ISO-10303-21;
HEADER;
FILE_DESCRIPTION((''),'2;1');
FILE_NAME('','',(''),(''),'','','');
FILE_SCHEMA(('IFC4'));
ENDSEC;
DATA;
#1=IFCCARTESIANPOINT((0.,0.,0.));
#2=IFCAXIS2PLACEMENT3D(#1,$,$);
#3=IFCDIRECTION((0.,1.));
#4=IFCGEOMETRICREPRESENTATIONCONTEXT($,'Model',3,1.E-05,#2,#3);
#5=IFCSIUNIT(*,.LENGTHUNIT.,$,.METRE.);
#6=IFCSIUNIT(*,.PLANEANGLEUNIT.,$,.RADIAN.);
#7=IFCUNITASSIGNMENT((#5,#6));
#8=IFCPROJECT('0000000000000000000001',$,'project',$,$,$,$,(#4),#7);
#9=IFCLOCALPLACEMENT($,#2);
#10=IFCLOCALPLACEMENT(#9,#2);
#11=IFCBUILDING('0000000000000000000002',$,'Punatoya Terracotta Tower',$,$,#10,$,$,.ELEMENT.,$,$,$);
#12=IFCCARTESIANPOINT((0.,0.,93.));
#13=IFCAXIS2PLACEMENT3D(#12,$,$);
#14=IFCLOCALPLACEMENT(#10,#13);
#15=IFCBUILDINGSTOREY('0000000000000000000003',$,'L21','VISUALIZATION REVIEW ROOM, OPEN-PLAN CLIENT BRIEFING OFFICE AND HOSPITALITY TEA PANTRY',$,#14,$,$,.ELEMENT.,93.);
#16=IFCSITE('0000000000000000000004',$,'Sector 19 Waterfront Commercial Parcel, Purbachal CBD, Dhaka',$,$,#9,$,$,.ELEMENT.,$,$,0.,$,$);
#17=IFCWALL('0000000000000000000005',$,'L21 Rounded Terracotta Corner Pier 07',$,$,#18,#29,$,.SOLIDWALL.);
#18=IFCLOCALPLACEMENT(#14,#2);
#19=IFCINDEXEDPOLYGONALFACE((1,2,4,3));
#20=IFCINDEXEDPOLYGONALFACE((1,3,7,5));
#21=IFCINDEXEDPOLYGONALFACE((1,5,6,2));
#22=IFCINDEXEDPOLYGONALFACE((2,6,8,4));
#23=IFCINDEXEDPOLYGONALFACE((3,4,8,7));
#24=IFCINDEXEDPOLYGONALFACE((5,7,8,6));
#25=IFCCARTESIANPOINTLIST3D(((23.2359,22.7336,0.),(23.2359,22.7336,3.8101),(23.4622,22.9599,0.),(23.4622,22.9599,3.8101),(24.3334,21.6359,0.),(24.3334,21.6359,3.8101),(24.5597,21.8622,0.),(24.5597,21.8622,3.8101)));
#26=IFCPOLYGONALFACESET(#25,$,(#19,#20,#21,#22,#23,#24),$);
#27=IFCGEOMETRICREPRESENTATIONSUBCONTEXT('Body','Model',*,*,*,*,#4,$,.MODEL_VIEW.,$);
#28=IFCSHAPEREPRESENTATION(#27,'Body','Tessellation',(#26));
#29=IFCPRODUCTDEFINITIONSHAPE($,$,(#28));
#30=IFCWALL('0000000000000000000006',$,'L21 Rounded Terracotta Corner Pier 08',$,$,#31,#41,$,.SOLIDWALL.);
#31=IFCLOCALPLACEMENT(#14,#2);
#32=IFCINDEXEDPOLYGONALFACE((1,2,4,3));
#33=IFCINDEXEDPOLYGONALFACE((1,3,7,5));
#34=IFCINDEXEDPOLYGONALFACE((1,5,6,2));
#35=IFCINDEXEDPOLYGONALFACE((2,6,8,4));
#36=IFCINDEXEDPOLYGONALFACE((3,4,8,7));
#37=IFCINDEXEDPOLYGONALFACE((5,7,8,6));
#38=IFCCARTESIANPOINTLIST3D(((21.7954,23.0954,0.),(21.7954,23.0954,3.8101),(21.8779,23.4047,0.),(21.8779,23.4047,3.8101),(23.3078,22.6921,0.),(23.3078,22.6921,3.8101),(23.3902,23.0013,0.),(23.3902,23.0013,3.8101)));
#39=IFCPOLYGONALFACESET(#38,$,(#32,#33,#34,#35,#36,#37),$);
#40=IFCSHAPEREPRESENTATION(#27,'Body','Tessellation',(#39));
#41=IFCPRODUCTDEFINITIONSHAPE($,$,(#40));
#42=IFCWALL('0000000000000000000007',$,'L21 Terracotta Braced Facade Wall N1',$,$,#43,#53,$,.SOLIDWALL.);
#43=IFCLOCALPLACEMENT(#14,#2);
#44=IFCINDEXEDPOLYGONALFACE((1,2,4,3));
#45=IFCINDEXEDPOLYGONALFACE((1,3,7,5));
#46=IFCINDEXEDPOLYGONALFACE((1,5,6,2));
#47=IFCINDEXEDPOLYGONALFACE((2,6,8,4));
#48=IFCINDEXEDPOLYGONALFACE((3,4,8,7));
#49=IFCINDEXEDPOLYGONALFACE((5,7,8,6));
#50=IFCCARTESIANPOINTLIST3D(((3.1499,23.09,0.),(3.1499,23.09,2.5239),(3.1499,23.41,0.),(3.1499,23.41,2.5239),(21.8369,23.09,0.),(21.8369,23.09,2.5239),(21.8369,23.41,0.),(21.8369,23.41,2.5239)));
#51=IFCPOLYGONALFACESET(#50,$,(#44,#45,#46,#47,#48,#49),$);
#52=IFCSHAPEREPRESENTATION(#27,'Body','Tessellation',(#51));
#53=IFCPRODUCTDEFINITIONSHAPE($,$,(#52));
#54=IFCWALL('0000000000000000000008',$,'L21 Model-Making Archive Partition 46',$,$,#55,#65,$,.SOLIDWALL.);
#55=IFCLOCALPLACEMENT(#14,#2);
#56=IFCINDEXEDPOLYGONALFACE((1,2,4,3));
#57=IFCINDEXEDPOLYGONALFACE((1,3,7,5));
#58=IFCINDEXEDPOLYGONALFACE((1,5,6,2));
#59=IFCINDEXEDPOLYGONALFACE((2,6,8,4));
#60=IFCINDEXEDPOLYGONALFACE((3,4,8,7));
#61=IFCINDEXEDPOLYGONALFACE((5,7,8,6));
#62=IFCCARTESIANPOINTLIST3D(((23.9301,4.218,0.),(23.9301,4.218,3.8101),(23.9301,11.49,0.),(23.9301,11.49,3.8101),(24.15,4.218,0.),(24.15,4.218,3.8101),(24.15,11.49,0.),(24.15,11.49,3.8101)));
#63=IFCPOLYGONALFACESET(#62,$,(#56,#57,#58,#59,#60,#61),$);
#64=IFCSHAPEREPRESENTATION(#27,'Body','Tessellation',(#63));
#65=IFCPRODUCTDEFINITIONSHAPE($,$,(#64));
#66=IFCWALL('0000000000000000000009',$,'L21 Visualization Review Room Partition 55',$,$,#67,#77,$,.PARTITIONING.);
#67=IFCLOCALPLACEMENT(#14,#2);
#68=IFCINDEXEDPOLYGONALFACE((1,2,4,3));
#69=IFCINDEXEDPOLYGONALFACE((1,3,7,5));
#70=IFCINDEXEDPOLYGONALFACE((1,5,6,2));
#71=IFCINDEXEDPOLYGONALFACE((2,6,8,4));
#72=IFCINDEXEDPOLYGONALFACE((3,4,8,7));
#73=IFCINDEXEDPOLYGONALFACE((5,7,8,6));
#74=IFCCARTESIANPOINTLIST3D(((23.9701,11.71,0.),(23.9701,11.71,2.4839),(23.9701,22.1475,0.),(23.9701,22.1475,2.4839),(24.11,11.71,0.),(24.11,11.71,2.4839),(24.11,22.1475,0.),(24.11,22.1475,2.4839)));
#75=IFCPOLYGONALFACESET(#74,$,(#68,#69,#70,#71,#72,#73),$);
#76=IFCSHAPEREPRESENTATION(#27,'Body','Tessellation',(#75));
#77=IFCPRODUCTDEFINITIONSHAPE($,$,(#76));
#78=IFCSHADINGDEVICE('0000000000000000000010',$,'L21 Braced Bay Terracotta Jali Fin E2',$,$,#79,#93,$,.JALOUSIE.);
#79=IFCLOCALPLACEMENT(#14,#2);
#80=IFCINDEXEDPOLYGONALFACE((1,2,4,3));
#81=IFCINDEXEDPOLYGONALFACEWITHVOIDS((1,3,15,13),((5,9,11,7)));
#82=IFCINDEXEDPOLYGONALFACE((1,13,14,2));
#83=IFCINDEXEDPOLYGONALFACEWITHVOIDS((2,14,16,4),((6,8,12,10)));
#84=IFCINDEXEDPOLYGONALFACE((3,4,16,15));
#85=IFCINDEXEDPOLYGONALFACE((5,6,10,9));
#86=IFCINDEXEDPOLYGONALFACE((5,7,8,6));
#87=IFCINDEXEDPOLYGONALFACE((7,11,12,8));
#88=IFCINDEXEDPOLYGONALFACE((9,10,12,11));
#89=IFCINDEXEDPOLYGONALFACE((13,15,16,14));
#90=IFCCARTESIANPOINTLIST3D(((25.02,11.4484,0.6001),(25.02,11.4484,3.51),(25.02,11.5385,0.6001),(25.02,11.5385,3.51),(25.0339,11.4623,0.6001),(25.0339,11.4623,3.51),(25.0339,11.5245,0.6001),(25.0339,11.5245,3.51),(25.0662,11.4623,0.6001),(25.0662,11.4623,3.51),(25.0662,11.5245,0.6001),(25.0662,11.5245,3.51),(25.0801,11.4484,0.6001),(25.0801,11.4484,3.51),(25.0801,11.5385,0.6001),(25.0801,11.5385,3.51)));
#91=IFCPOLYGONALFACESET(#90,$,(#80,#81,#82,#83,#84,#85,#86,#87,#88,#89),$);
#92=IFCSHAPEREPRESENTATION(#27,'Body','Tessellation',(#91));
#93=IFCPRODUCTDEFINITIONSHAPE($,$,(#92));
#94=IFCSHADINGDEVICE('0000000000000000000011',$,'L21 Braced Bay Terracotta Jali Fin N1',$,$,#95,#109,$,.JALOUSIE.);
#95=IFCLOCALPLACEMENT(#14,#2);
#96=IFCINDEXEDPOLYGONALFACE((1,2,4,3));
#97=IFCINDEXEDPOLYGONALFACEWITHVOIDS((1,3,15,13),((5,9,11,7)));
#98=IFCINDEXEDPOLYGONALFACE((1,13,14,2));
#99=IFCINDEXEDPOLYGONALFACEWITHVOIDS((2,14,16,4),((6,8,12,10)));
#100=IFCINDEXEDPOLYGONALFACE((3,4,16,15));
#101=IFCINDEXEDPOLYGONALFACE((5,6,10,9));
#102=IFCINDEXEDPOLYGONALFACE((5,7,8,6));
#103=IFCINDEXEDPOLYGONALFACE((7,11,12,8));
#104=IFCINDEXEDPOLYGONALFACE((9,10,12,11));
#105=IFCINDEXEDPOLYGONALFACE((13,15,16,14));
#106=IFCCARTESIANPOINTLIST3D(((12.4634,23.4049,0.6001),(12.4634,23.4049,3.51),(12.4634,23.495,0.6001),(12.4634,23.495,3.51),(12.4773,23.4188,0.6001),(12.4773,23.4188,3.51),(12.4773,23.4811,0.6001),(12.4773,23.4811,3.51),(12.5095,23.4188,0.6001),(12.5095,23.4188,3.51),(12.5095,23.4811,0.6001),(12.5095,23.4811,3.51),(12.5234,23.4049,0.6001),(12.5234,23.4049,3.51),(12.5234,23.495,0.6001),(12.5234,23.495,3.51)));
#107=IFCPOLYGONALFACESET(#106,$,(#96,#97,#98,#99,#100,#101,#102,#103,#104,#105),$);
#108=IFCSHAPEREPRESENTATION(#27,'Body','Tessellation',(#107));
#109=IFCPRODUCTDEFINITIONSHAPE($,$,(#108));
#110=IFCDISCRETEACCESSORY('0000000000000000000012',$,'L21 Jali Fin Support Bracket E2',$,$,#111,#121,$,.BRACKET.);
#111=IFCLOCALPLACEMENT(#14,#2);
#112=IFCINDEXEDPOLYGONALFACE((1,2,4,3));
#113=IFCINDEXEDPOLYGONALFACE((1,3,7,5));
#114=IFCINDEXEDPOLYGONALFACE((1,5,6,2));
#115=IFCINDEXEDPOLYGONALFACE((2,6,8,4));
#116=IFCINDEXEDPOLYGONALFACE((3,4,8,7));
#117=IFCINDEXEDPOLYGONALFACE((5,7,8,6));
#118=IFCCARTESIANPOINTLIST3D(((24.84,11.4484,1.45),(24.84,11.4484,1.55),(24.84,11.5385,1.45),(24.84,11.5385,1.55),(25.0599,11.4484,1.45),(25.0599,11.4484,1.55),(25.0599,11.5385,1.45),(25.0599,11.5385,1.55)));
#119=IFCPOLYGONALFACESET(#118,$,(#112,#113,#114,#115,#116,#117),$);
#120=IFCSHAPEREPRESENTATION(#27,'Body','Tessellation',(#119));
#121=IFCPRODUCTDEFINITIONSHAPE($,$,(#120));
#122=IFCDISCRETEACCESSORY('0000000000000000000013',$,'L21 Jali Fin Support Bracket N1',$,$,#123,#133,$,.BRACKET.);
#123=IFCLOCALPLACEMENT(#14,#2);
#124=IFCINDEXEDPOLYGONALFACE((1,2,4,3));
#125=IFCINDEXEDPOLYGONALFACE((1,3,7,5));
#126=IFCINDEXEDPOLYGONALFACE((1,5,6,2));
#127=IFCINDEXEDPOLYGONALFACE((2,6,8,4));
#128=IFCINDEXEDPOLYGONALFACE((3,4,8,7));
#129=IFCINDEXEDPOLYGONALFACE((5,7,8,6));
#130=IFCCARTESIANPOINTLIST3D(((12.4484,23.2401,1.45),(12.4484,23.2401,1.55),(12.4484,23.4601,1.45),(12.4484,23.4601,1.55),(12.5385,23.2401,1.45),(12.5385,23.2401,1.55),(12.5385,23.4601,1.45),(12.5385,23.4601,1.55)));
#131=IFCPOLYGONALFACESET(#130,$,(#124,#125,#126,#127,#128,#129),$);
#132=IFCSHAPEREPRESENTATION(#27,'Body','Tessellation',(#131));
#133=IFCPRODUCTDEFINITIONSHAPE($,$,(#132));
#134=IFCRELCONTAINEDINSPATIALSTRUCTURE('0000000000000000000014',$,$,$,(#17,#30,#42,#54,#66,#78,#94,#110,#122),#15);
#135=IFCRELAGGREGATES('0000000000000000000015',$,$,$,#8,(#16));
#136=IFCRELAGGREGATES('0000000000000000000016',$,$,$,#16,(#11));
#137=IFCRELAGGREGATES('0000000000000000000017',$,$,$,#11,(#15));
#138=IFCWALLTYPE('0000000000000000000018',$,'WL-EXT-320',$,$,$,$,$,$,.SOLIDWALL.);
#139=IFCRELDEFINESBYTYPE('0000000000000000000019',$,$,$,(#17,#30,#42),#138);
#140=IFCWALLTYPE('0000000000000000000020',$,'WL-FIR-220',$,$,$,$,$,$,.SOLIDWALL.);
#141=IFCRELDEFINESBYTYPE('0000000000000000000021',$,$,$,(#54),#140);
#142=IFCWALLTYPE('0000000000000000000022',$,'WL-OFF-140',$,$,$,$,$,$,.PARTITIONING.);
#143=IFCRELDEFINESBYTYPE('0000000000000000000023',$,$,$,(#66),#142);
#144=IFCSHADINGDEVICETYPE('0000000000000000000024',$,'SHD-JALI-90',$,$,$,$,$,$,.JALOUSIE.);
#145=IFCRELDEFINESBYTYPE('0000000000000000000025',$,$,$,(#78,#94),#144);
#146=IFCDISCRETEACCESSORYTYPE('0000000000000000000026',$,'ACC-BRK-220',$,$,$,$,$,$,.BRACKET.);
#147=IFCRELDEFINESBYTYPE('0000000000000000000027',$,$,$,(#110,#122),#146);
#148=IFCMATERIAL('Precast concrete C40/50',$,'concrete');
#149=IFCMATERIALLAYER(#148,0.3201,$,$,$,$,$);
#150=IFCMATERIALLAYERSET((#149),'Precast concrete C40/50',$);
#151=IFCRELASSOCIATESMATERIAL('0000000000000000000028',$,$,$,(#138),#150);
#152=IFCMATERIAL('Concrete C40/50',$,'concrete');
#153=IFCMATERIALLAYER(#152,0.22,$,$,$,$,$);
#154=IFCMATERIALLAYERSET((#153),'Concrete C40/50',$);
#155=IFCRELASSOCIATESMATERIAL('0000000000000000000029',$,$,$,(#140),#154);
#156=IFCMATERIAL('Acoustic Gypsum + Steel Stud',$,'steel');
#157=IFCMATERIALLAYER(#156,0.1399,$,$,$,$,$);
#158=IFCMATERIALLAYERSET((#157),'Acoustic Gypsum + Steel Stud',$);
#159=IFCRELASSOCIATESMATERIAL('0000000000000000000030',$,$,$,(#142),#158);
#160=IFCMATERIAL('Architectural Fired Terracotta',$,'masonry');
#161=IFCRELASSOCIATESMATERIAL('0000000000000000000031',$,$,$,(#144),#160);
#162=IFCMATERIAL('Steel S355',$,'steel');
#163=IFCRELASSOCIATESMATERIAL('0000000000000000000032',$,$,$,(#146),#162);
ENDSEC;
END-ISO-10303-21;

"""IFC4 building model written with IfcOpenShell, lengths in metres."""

from ifc_helpers import new_model, si_unit, direction, frame, frame_2d, origin, origin_2d, place, context, subcontext, project, spatial, rectangle, hollow_rectangle, extrude, material, layer, layer_set, material_profile, profile_set, type_object, element, save


model = new_model("IFC4")

# Units and contexts
model_context = context("Model", 3, precision=1e-05, world=origin(), true_north=direction((0.0, 1.0)))
body_context = subcontext(model_context, "Body", "Model", "MODEL_VIEW")
ifc_project = project(units=[si_unit("LENGTHUNIT", "METRE"), si_unit("PLANEANGLEUNIT", "RADIAN")], contexts=[model_context])

# Site, building, storey
site_placement = place(None, origin())
site = spatial("IfcSite", under=ifc_project, at=site_placement, Name="Sector 19 Waterfront Commercial Parcel, Purbachal CBD, Dhaka", CompositionType="ELEMENT", RefElevation=0.0)
building_placement = place(site_placement, origin())
building = spatial("IfcBuilding", under=site, at=building_placement, Name="Punatoya Terracotta Tower", CompositionType="ELEMENT")
storey_placement = place(building_placement, frame((0.0, 0.0, 93.0)))
storey = spatial("IfcBuildingStorey", under=building, at=storey_placement, Name="L21", Description="VISUALIZATION REVIEW ROOM, OPEN-PLAN CLIENT BRIEFING OFFICE AND HOSPITALITY TEA PANTRY", CompositionType="ELEMENT", Elevation=93.0)

# Shared definitions
ifc_material_1 = material(Name="Steel S355", Category="steel")

# Walls
ifc_material_2 = material(Name="Precast concrete C40/50", Category="concrete")
ifc_layer_1 = layer(ifc_material_2, 0.3201)
ifc_layer_set_1 = layer_set([ifc_layer_1], Name="Precast concrete C40/50")
wall_type_1 = type_object("IfcWallType", Name="WL-EXT-320", PredefinedType="SOLIDWALL", material=ifc_layer_set_1)
wall_1_placement = place(storey_placement, frame((24.4465, 21.749, 0.0), z_axis=(0.0, 0.0, 1.0), x_axis=(-0.707028, 0.707185, 0.0)))
element("IfcWall", 1, at=wall_1_placement, inside=storey, type_object=wall_type_1, Name="L21 Rounded Terracotta Corner Pier 07", PredefinedType="SOLIDWALL", context=body_context, shape_type="SweptSolid", body=[
    extrude(rectangle(XDim=1.5522, YDim=0.3201, at=frame_2d((0.7761, 0.0))), origin(), (0.0, 0.0, 1.0), 3.8101),
])
wall_2_placement = place(storey_placement, frame((23.3491, 22.8467, 0.0), z_axis=(0.0, 0.0, 1.0), x_axis=(-0.966225, 0.257701, 0.0)))
element("IfcWall", 2, at=wall_2_placement, inside=storey, type_object=wall_type_1, Name="L21 Rounded Terracotta Corner Pier 08", PredefinedType="SOLIDWALL", context=body_context, shape_type="SweptSolid", body=[
    extrude(rectangle(XDim=1.5652, YDim=0.3201, at=frame_2d((0.7827, 0.0))), origin(), (0.0, 0.0, 1.0), 3.8101),
])
wall_3_placement = place(storey_placement, frame((21.8369, 23.25, 0.0), z_axis=(0.0, 0.0, 1.0), x_axis=(-1.0, 0.0, 0.0)))
element("IfcWall", 3, at=wall_3_placement, inside=storey, type_object=wall_type_1, Name="L21 Terracotta Braced Facade Wall N1", PredefinedType="SOLIDWALL", context=body_context, shape_type="SweptSolid", body=[
    extrude(rectangle(XDim=18.687, YDim=0.3201, at=frame_2d((9.3435, 0.0))), origin(), (0.0, 0.0, 1.0), 2.5239),
])
ifc_material_3 = material(Name="Concrete C40/50", Category="concrete")
ifc_layer_2 = layer(ifc_material_3, 0.22)
ifc_layer_set_2 = layer_set([ifc_layer_2], Name="Concrete C40/50")
wall_type_2 = type_object("IfcWallType", Name="WL-FIR-220", PredefinedType="SOLIDWALL", material=ifc_layer_set_2)
wall_4_placement = place(storey_placement, frame((24.04, 11.49, 0.0), z_axis=(0.0, 0.0, 1.0), x_axis=(0.0, -1.0, 0.0)))
element("IfcWall", 4, at=wall_4_placement, inside=storey, type_object=wall_type_2, Name="L21 Model-Making Archive Partition 46", PredefinedType="SOLIDWALL", context=body_context, shape_type="SweptSolid", body=[
    extrude(rectangle(XDim=7.272, YDim=0.22, at=frame_2d((3.636, 0.0))), origin(), (0.0, 0.0, 1.0), 3.8101),
])
ifc_material_4 = material(Name="Acoustic Gypsum + Steel Stud", Category="steel")
ifc_layer_3 = layer(ifc_material_4, 0.1399)
ifc_layer_set_3 = layer_set([ifc_layer_3], Name="Acoustic Gypsum + Steel Stud")
wall_type_3 = type_object("IfcWallType", Name="WL-OFF-140", PredefinedType="PARTITIONING", material=ifc_layer_set_3)
wall_5_placement = place(storey_placement, frame((24.04, 22.1475, 0.0), z_axis=(0.0, 0.0, 1.0), x_axis=(0.0, -1.0, 0.0)))
element("IfcWall", 5, at=wall_5_placement, inside=storey, type_object=wall_type_3, Name="L21 Visualization Review Room Partition 55", PredefinedType="PARTITIONING", context=body_context, shape_type="SweptSolid", body=[
    extrude(rectangle(XDim=10.4375, YDim=0.1399, at=frame_2d((5.2188, 0.0))), origin(), (0.0, 0.0, 1.0), 2.4839),
])

# Shading devices
ifc_material_5 = material(Name="Architectural Fired Terracotta", Category="masonry")
ifc_material_profile_1 = material_profile(ifc_material_5, hollow_rectangle(XDim=0.0601, YDim=0.0901, WallThickness=0.0139, at=origin_2d()))
ifc_profile_set_1 = profile_set([ifc_material_profile_1], Name="Architectural Fired Terracotta")
shading_device_type = type_object("IfcShadingDeviceType", Name="SHD-JALI-90", PredefinedType="JALOUSIE", material=ifc_profile_set_1)
for number, where, z_axis, x_axis, name in (
    (6, (25.05, 11.4934, 0.6001), (0.0, 0.0, 1.0), (1.0, 0.0, 0.0), "L21 Braced Bay Terracotta Jali Fin E2"),
    (7, (12.4934, 23.45, 0.6001), (0.0, 0.0, 1.0), (1.0, 0.0, 0.0), "L21 Braced Bay Terracotta Jali Fin N1"),
):
    element("IfcShadingDevice", number, at=place(storey_placement, frame(where, z_axis=z_axis, x_axis=x_axis)), inside=storey, type_object=shading_device_type, Name=name, PredefinedType="JALOUSIE", context=body_context, shape_type="SweptSolid", body=[
        extrude(hollow_rectangle(XDim=0.0601, YDim=0.0901, WallThickness=0.0139, at=origin_2d()), origin(), (0.0, 0.0, 1.0), 2.9099),
    ])

# Discrete accessories
discrete_accessory_type = type_object("IfcDiscreteAccessoryType", Name="ACC-BRK-220", PredefinedType="BRACKET", material=ifc_material_1)
for number, where, z_axis, x_axis, name in (
    (8, (24.95, 11.4934, 1.45), (0.0, 0.0, 1.0), (0.0, 1.0, 0.0), "L21 Jali Fin Support Bracket E2"),
    (9, (12.4934, 23.3501, 1.45), (0.0, 0.0, 1.0), (-1.0, 0.0, 0.0), "L21 Jali Fin Support Bracket N1"),
):
    element("IfcDiscreteAccessory", number, at=place(storey_placement, frame(where, z_axis=z_axis, x_axis=x_axis)), inside=storey, type_object=discrete_accessory_type, Name=name, PredefinedType="BRACKET", context=body_context, shape_type="SweptSolid", body=[
        extrude(rectangle(XDim=0.0901, YDim=0.22, at=origin_2d()), origin(), (0.0, 0.0, 1.0), 0.1001),
    ])

save(model, "model.ifc")
